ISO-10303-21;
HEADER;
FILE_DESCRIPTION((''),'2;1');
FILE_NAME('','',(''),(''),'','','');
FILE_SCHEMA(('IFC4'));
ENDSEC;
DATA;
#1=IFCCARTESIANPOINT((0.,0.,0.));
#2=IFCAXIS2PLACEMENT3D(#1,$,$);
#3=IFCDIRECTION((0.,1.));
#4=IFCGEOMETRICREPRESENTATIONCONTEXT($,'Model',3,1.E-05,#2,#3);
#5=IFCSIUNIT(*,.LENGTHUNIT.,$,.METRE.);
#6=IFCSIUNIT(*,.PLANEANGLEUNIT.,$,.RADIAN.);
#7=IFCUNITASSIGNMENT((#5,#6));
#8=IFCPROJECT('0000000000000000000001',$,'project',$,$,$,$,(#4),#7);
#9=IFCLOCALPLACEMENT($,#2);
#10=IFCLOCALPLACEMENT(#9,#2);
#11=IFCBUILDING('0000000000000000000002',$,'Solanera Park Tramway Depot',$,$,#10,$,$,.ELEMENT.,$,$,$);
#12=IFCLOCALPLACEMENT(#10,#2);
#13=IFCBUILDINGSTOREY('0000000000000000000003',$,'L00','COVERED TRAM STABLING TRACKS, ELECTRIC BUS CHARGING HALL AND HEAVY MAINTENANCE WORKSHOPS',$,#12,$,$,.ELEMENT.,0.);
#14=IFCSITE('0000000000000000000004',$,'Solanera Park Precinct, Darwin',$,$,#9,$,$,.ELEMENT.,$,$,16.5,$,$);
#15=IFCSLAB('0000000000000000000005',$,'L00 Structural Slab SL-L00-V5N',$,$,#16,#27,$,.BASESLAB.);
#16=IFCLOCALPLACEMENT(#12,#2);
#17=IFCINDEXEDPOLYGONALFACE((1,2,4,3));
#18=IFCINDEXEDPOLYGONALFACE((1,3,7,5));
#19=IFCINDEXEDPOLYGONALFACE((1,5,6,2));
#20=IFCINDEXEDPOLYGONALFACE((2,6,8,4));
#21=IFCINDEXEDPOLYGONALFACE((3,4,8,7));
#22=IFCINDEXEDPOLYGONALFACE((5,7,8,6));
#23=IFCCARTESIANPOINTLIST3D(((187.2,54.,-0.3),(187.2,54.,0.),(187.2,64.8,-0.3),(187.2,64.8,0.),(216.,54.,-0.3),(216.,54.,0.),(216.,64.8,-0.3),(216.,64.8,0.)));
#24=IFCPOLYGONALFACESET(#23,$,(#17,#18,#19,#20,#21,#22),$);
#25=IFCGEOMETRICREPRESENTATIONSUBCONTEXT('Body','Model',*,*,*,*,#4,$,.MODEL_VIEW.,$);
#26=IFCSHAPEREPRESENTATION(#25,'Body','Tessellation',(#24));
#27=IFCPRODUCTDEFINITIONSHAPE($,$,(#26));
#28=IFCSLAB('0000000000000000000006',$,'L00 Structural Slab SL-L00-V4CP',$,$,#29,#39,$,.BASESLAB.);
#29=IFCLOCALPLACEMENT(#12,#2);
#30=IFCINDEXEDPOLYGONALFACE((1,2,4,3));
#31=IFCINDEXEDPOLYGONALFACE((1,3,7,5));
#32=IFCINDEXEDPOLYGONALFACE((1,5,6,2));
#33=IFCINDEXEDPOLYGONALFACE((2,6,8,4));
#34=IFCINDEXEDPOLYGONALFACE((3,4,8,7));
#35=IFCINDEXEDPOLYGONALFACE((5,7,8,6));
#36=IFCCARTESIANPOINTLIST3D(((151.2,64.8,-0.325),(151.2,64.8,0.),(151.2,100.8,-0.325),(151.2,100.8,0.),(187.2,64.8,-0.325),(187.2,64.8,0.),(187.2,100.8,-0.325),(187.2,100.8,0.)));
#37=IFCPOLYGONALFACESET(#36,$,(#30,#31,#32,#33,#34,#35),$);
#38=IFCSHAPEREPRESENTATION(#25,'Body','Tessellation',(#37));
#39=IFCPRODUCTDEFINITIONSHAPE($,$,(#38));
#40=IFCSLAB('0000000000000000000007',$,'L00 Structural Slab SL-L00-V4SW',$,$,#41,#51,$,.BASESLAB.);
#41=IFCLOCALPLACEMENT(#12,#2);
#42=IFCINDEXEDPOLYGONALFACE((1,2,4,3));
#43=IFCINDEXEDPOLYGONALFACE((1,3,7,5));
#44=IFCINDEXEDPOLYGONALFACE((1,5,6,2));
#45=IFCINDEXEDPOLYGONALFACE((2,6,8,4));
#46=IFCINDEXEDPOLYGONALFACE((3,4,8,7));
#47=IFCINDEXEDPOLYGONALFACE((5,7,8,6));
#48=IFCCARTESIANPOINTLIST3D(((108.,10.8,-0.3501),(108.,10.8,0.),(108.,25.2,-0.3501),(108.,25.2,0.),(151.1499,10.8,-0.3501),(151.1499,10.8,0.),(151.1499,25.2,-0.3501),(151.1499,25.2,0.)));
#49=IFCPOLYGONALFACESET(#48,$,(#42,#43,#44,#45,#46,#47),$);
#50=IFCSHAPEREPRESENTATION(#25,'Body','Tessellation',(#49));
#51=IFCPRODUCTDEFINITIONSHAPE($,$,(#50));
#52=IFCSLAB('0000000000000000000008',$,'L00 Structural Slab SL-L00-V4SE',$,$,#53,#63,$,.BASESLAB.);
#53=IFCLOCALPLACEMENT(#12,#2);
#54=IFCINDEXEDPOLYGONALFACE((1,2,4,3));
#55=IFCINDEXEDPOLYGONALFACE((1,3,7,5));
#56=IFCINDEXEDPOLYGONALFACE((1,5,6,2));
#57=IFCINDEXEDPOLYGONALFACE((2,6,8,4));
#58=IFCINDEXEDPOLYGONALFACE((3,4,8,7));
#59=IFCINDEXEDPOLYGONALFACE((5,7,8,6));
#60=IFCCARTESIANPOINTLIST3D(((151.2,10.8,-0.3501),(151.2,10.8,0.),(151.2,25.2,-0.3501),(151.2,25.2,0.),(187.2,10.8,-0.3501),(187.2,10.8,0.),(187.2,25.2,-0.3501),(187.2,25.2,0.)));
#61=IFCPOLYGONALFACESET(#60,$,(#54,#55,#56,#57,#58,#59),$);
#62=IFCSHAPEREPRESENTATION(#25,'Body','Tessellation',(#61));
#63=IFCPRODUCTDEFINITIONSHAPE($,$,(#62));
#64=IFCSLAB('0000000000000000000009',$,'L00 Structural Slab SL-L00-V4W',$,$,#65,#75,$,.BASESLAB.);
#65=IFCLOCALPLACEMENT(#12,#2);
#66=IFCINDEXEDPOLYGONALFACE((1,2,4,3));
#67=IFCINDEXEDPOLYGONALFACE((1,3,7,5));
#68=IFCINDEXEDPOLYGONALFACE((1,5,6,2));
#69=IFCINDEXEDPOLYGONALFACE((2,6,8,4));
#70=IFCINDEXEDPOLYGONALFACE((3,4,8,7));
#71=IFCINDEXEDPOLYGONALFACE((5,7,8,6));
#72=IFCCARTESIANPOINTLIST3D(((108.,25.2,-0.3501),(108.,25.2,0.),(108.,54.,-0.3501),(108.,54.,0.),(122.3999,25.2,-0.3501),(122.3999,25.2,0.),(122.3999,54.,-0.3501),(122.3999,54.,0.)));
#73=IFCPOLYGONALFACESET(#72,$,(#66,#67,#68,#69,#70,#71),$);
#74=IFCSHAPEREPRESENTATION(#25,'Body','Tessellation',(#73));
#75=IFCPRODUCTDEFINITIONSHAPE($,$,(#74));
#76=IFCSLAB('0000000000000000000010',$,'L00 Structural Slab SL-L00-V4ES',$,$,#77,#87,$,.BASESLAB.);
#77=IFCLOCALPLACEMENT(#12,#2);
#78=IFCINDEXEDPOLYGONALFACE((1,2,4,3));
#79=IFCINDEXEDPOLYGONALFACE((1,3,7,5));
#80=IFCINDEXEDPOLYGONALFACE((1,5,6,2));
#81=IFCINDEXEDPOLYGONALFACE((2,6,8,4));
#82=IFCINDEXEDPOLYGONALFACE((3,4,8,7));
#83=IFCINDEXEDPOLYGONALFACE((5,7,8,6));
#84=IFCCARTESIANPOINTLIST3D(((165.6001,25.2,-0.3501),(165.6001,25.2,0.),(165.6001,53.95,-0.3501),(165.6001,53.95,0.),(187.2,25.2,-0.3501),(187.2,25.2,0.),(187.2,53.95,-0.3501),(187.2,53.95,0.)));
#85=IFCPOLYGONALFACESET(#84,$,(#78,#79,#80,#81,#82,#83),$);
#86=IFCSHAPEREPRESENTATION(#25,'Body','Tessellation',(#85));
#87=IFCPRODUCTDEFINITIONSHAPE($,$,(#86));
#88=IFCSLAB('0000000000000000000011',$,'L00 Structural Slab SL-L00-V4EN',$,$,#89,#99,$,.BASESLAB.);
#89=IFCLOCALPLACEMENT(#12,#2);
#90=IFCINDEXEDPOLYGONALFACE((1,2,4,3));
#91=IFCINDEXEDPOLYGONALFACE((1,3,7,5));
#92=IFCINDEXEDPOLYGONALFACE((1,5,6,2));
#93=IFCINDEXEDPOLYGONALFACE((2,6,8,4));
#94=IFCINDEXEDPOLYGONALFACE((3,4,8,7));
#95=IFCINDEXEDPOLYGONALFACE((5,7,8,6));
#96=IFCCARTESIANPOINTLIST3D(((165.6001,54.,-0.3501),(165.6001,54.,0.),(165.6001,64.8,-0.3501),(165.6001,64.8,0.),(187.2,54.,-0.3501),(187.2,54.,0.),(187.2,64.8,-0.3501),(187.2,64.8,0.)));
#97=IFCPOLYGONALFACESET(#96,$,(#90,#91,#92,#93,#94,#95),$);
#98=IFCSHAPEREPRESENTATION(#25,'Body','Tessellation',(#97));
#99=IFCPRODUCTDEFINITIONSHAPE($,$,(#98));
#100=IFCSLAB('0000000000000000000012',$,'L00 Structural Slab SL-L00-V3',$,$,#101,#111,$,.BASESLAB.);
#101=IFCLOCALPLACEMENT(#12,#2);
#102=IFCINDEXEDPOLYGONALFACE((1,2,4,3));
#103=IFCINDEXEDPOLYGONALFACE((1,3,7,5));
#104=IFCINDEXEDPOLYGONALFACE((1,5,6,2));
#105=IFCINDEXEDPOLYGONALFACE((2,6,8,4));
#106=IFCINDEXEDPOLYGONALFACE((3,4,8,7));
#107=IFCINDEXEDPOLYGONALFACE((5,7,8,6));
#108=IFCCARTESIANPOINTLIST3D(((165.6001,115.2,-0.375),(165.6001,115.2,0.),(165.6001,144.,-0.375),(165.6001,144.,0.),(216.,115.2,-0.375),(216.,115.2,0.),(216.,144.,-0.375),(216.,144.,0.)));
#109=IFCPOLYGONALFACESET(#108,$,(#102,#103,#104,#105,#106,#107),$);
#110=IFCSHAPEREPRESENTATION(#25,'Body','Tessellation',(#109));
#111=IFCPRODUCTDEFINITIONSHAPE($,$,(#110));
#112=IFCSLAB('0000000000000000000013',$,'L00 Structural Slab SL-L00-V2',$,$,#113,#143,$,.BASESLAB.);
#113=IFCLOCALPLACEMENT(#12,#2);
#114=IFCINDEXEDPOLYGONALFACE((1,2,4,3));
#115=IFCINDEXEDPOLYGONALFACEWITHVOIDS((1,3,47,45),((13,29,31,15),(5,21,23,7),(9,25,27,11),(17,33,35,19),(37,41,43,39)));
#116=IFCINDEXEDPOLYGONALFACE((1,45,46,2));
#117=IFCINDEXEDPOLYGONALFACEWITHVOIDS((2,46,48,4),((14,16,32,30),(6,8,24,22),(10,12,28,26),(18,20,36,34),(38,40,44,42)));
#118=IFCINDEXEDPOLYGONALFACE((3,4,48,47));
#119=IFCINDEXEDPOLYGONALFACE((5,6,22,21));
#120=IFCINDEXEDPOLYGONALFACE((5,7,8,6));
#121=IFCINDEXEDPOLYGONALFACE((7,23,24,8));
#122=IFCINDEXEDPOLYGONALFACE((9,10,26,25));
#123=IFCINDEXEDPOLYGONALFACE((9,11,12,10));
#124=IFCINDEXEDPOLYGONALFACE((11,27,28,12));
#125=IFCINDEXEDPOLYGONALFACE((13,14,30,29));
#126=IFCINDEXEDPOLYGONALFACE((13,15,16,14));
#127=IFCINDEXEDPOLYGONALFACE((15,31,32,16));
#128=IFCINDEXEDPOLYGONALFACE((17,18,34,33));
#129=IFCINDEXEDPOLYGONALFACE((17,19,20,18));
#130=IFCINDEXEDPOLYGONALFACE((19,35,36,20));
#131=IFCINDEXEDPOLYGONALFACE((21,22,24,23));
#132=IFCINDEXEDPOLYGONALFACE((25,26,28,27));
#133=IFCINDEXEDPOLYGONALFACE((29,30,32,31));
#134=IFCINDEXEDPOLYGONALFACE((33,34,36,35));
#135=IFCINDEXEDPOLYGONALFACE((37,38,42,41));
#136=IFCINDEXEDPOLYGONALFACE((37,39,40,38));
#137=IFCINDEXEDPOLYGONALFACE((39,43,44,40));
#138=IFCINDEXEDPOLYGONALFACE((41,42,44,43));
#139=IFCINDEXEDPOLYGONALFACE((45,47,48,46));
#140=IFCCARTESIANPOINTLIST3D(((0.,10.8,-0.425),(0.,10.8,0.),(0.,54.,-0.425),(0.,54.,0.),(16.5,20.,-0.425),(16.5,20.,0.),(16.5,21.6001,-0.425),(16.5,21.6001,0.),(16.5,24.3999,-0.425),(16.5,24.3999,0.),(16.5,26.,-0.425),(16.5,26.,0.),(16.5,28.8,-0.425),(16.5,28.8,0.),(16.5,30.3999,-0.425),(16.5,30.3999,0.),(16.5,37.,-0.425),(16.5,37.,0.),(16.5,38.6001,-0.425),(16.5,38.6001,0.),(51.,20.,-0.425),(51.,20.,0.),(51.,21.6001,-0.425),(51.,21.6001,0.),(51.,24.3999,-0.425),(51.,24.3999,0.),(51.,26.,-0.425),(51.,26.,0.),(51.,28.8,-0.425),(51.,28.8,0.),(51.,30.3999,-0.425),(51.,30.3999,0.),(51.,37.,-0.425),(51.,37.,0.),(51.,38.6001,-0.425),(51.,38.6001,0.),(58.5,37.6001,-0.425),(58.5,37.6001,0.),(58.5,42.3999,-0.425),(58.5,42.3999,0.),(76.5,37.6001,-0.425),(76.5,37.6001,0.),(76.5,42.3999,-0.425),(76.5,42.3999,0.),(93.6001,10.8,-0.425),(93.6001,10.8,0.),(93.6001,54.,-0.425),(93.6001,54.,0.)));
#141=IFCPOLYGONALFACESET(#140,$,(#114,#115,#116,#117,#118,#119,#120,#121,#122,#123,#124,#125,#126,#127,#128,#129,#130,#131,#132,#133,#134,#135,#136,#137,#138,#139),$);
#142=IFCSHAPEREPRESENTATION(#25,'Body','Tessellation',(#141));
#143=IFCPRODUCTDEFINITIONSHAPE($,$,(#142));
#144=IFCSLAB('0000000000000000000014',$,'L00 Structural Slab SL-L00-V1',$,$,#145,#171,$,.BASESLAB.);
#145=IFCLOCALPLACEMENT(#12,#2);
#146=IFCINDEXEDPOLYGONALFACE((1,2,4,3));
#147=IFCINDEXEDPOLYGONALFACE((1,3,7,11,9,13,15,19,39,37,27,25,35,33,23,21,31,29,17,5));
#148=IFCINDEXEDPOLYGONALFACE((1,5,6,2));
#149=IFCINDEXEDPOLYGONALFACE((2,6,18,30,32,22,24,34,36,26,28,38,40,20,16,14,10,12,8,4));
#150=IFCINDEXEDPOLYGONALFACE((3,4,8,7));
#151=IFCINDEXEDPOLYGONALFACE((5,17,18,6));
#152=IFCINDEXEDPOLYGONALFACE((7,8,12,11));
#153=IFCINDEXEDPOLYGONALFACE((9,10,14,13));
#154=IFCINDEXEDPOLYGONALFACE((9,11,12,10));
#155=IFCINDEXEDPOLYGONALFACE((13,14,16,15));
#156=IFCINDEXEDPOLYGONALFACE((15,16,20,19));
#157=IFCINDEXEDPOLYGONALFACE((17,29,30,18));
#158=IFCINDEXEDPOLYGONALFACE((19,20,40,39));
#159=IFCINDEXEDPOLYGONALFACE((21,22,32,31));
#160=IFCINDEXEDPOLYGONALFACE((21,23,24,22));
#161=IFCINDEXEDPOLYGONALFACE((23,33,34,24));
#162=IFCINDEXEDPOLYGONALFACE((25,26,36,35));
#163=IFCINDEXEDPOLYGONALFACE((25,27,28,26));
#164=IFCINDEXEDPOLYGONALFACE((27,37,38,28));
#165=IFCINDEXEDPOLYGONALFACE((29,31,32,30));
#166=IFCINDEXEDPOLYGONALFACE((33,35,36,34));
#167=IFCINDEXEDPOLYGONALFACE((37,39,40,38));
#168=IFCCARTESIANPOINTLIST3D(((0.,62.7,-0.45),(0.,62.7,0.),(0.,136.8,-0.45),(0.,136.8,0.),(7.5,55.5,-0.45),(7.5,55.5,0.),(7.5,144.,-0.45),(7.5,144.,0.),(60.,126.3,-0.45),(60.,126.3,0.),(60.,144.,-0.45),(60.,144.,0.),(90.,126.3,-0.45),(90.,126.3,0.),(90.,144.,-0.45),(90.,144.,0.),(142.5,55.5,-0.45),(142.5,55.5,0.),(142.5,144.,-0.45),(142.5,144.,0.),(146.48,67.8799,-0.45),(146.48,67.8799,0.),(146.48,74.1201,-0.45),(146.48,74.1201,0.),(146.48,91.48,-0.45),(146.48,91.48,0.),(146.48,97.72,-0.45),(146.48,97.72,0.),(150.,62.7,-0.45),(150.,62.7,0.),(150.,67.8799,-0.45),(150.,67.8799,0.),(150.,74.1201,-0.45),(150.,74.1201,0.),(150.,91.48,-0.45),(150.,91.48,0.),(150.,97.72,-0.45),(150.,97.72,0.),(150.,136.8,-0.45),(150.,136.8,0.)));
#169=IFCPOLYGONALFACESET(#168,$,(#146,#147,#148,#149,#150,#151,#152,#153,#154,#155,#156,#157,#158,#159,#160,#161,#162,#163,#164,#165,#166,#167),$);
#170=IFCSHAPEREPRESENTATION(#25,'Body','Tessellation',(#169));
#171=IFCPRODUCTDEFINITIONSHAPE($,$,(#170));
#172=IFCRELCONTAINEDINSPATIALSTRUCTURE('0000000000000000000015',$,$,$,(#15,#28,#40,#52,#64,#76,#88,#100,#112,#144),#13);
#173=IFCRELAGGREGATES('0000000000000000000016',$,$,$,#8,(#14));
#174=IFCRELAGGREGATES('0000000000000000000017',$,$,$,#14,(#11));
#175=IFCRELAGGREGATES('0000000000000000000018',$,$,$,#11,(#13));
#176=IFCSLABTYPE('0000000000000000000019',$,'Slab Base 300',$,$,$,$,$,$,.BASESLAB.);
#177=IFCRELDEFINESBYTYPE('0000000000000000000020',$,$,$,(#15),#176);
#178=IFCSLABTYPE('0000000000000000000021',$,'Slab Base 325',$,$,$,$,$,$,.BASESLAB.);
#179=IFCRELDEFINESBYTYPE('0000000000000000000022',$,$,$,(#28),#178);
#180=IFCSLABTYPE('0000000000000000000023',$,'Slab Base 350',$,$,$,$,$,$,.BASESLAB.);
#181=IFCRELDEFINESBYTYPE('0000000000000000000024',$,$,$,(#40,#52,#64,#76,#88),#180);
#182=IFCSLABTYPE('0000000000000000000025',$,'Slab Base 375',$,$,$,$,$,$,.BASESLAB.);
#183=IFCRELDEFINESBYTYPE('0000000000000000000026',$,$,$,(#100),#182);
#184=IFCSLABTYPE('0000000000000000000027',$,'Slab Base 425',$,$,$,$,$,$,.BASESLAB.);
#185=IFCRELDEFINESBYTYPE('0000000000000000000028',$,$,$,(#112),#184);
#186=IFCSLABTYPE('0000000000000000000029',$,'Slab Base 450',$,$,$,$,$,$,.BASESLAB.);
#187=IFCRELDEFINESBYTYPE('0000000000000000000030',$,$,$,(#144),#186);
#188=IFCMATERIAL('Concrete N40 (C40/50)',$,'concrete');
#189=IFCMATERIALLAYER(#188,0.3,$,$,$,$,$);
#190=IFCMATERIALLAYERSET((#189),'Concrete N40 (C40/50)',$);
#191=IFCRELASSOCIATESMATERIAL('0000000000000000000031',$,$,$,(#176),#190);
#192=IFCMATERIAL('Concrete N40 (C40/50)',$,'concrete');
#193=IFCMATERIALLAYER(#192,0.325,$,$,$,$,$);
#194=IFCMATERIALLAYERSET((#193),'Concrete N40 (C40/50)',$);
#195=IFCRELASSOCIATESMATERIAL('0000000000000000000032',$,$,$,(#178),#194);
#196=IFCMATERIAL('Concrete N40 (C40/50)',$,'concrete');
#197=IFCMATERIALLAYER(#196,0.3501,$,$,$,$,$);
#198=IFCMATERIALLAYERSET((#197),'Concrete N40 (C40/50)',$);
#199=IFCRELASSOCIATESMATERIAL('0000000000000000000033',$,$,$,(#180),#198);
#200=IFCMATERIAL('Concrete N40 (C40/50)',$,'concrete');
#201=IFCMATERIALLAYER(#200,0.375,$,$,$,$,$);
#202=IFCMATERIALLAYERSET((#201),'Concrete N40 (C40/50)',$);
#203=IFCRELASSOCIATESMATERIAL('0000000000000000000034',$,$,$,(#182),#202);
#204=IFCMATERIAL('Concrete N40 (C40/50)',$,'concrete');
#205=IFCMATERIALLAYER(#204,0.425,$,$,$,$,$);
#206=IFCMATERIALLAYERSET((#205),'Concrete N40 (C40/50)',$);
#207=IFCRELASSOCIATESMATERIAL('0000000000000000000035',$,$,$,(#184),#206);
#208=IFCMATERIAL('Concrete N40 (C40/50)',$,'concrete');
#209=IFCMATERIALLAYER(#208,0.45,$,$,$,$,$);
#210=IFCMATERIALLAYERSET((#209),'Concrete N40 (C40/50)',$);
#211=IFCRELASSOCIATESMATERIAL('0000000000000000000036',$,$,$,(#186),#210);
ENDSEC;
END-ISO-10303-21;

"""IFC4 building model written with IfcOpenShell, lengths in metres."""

from ifc_helpers import new_model, si_unit, direction, frame, origin, place, context, subcontext, project, spatial, polyline, outline, extrude, material, layer, layer_set, type_object, element, save


model = new_model("IFC4")

# Units and contexts
model_context = context("Model", 3, precision=1e-05, world=origin(), true_north=direction((0.0, 1.0)))
body_context = subcontext(model_context, "Body", "Model", "MODEL_VIEW")
ifc_project = project(units=[si_unit("LENGTHUNIT", "METRE"), si_unit("PLANEANGLEUNIT", "RADIAN")], contexts=[model_context])

# Site, building, storey
site_placement = place(None, origin())
site = spatial("IfcSite", under=ifc_project, at=site_placement, Name="Solanera Park Precinct, Darwin", CompositionType="ELEMENT", RefElevation=16.5)
building_placement = place(site_placement, origin())
building = spatial("IfcBuilding", under=site, at=building_placement, Name="Solanera Park Tramway Depot", CompositionType="ELEMENT")
storey_placement = place(building_placement, origin())
storey = spatial("IfcBuildingStorey", under=building, at=storey_placement, Name="L00", Description="COVERED TRAM STABLING TRACKS, ELECTRIC BUS CHARGING HALL AND HEAVY MAINTENANCE WORKSHOPS", CompositionType="ELEMENT", Elevation=0.0)

# Slabs
ifc_material_1 = material(Name="Concrete N40 (C40/50)", Category="concrete")
ifc_layer_1 = layer(ifc_material_1, 0.3)
ifc_layer_set_1 = layer_set([ifc_layer_1], Name="Concrete N40 (C40/50)")
slab_type_1 = type_object("IfcSlabType", Name="Slab Base 300", PredefinedType="BASESLAB", material=ifc_layer_set_1)
slab_1_placement = place(storey_placement, frame((0.0, 0.0, -0.3)))
element("IfcSlab", 1, at=slab_1_placement, inside=storey, type_object=slab_type_1, Name="L00 Structural Slab SL-L00-V5N", PredefinedType="BASESLAB", context=body_context, shape_type="SweptSolid", body=[
    extrude(outline(polyline([(216.0, 54.0), (216.0, 64.8), (187.2, 64.8), (187.2, 54.0), (216.0, 54.0)])), origin(), (0.0, 0.0, 1.0), 0.3),
])
ifc_material_2 = material(Name="Concrete N40 (C40/50)", Category="concrete")
ifc_layer_2 = layer(ifc_material_2, 0.325)
ifc_layer_set_2 = layer_set([ifc_layer_2], Name="Concrete N40 (C40/50)")
slab_type_2 = type_object("IfcSlabType", Name="Slab Base 325", PredefinedType="BASESLAB", material=ifc_layer_set_2)
slab_2_placement = place(storey_placement, frame((0.0, 0.0, -0.325)))
element("IfcSlab", 2, at=slab_2_placement, inside=storey, type_object=slab_type_2, Name="L00 Structural Slab SL-L00-V4CP", PredefinedType="BASESLAB", context=body_context, shape_type="SweptSolid", body=[
    extrude(outline(polyline([(187.2, 64.8), (187.2, 100.8), (151.2, 100.8), (151.2, 64.8), (187.2, 64.8)])), origin(), (0.0, 0.0, 1.0), 0.325),
])
ifc_material_3 = material(Name="Concrete N40 (C40/50)", Category="concrete")
ifc_layer_3 = layer(ifc_material_3, 0.3501)
ifc_layer_set_3 = layer_set([ifc_layer_3], Name="Concrete N40 (C40/50)")
slab_type_3 = type_object("IfcSlabType", Name="Slab Base 350", PredefinedType="BASESLAB", material=ifc_layer_set_3)
slab_3_placement = place(storey_placement, frame((0.0, 0.0, -0.3501)))
element("IfcSlab", 3, at=slab_3_placement, inside=storey, type_object=slab_type_3, Name="L00 Structural Slab SL-L00-V4SW", PredefinedType="BASESLAB", context=body_context, shape_type="SweptSolid", body=[
    extrude(outline(polyline([(151.1499, 10.8), (151.1499, 25.2), (108.0, 25.2), (108.0, 10.8), (151.1499, 10.8)])), origin(), (0.0, 0.0, 1.0), 0.3501),
])
slab_4_placement = place(storey_placement, frame((0.0, 0.0, -0.3501)))
element("IfcSlab", 4, at=slab_4_placement, inside=storey, type_object=slab_type_3, Name="L00 Structural Slab SL-L00-V4SE", PredefinedType="BASESLAB", context=body_context, shape_type="SweptSolid", body=[
    extrude(outline(polyline([(187.2, 10.8), (187.2, 25.2), (151.2, 25.2), (151.2, 10.8), (187.2, 10.8)])), origin(), (0.0, 0.0, 1.0), 0.3501),
])
slab_5_placement = place(storey_placement, frame((0.0, 0.0, -0.3501)))
element("IfcSlab", 5, at=slab_5_placement, inside=storey, type_object=slab_type_3, Name="L00 Structural Slab SL-L00-V4W", PredefinedType="BASESLAB", context=body_context, shape_type="SweptSolid", body=[
    extrude(outline(polyline([(122.3999, 25.2), (122.3999, 54.0), (108.0, 54.0), (108.0, 25.2), (122.3999, 25.2)])), origin(), (0.0, 0.0, 1.0), 0.3501),
])
slab_6_placement = place(storey_placement, frame((0.0, 0.0, -0.3501)))
element("IfcSlab", 6, at=slab_6_placement, inside=storey, type_object=slab_type_3, Name="L00 Structural Slab SL-L00-V4ES", PredefinedType="BASESLAB", context=body_context, shape_type="SweptSolid", body=[
    extrude(outline(polyline([(187.2, 25.2), (187.2, 53.95), (165.6001, 53.95), (165.6001, 25.2), (187.2, 25.2)])), origin(), (0.0, 0.0, 1.0), 0.3501),
])
slab_7_placement = place(storey_placement, frame((0.0, 0.0, -0.3501)))
element("IfcSlab", 7, at=slab_7_placement, inside=storey, type_object=slab_type_3, Name="L00 Structural Slab SL-L00-V4EN", PredefinedType="BASESLAB", context=body_context, shape_type="SweptSolid", body=[
    extrude(outline(polyline([(187.2, 54.0), (187.2, 64.8), (165.6001, 64.8), (165.6001, 54.0), (187.2, 54.0)])), origin(), (0.0, 0.0, 1.0), 0.3501),
])
ifc_material_4 = material(Name="Concrete N40 (C40/50)", Category="concrete")
ifc_layer_4 = layer(ifc_material_4, 0.375)
ifc_layer_set_4 = layer_set([ifc_layer_4], Name="Concrete N40 (C40/50)")
slab_type_4 = type_object("IfcSlabType", Name="Slab Base 375", PredefinedType="BASESLAB", material=ifc_layer_set_4)
slab_8_placement = place(storey_placement, frame((0.0, 0.0, -0.375)))
element("IfcSlab", 8, at=slab_8_placement, inside=storey, type_object=slab_type_4, Name="L00 Structural Slab SL-L00-V3", PredefinedType="BASESLAB", context=body_context, shape_type="SweptSolid", body=[
    extrude(outline(polyline([(216.0, 115.2), (216.0, 144.0), (165.6001, 144.0), (165.6001, 115.2), (216.0, 115.2)])), origin(), (0.0, 0.0, 1.0), 0.375),
])
ifc_material_5 = material(Name="Concrete N40 (C40/50)", Category="concrete")
ifc_layer_5 = layer(ifc_material_5, 0.425)
ifc_layer_set_5 = layer_set([ifc_layer_5], Name="Concrete N40 (C40/50)")
slab_type_5 = type_object("IfcSlabType", Name="Slab Base 425", PredefinedType="BASESLAB", material=ifc_layer_set_5)
slab_9_placement = place(storey_placement, frame((0.0, 0.0, -0.425)))
element("IfcSlab", 9, at=slab_9_placement, inside=storey, type_object=slab_type_5, Name="L00 Structural Slab SL-L00-V2", PredefinedType="BASESLAB", context=body_context, shape_type="SweptSolid", body=[
    extrude(outline(polyline([(0.0, 10.8), (0.0, 54.0), (93.6001, 54.0), (93.6001, 10.8), (0.0, 10.8)]), holes=[polyline([(51.0, 21.6001), (16.5, 21.6001), (16.5, 20.0), (51.0, 20.0), (51.0, 21.6001)]), polyline([(51.0, 24.3999), (51.0, 26.0), (16.5, 26.0), (16.5, 24.3999), (51.0, 24.3999)]), polyline([(16.5, 28.8), (51.0, 28.8), (51.0, 30.3999), (16.5, 30.3999), (16.5, 28.8)]), polyline([(16.5, 38.6001), (16.5, 37.0), (51.0, 37.0), (51.0, 38.6001), (16.5, 38.6001)]), polyline([(76.5, 42.3999), (58.5, 42.3999), (58.5, 37.6001), (76.5, 37.6001), (76.5, 42.3999)])]), origin(), (0.0, 0.0, 1.0), 0.425),
])
ifc_material_6 = material(Name="Concrete N40 (C40/50)", Category="concrete")
ifc_layer_6 = layer(ifc_material_6, 0.45)
ifc_layer_set_6 = layer_set([ifc_layer_6], Name="Concrete N40 (C40/50)")
slab_type_6 = type_object("IfcSlabType", Name="Slab Base 450", PredefinedType="BASESLAB", material=ifc_layer_set_6)
slab_10_placement = place(storey_placement, frame((0.0, 0.0, -0.45)))
element("IfcSlab", 10, at=slab_10_placement, inside=storey, type_object=slab_type_6, Name="L00 Structural Slab SL-L00-V1", PredefinedType="BASESLAB", context=body_context, shape_type="SweptSolid", body=[
    extrude(outline(polyline([(142.5, 55.5), (7.5, 55.5), (0.0, 62.7), (0.0, 136.8), (7.5, 144.0), (60.0, 144.0), (60.0, 126.3), (90.0, 126.3), (90.0, 144.0), (142.5, 144.0), (150.0, 136.8), (150.0, 97.72), (146.48, 97.72), (146.48, 91.48), (150.0, 91.48), (150.0, 74.1201), (146.48, 74.1201), (146.48, 67.8799), (150.0, 67.8799), (150.0, 62.7), (142.5, 55.5)])), origin(), (0.0, 0.0, 1.0), 0.45),
])

save(model, "model.ifc")
